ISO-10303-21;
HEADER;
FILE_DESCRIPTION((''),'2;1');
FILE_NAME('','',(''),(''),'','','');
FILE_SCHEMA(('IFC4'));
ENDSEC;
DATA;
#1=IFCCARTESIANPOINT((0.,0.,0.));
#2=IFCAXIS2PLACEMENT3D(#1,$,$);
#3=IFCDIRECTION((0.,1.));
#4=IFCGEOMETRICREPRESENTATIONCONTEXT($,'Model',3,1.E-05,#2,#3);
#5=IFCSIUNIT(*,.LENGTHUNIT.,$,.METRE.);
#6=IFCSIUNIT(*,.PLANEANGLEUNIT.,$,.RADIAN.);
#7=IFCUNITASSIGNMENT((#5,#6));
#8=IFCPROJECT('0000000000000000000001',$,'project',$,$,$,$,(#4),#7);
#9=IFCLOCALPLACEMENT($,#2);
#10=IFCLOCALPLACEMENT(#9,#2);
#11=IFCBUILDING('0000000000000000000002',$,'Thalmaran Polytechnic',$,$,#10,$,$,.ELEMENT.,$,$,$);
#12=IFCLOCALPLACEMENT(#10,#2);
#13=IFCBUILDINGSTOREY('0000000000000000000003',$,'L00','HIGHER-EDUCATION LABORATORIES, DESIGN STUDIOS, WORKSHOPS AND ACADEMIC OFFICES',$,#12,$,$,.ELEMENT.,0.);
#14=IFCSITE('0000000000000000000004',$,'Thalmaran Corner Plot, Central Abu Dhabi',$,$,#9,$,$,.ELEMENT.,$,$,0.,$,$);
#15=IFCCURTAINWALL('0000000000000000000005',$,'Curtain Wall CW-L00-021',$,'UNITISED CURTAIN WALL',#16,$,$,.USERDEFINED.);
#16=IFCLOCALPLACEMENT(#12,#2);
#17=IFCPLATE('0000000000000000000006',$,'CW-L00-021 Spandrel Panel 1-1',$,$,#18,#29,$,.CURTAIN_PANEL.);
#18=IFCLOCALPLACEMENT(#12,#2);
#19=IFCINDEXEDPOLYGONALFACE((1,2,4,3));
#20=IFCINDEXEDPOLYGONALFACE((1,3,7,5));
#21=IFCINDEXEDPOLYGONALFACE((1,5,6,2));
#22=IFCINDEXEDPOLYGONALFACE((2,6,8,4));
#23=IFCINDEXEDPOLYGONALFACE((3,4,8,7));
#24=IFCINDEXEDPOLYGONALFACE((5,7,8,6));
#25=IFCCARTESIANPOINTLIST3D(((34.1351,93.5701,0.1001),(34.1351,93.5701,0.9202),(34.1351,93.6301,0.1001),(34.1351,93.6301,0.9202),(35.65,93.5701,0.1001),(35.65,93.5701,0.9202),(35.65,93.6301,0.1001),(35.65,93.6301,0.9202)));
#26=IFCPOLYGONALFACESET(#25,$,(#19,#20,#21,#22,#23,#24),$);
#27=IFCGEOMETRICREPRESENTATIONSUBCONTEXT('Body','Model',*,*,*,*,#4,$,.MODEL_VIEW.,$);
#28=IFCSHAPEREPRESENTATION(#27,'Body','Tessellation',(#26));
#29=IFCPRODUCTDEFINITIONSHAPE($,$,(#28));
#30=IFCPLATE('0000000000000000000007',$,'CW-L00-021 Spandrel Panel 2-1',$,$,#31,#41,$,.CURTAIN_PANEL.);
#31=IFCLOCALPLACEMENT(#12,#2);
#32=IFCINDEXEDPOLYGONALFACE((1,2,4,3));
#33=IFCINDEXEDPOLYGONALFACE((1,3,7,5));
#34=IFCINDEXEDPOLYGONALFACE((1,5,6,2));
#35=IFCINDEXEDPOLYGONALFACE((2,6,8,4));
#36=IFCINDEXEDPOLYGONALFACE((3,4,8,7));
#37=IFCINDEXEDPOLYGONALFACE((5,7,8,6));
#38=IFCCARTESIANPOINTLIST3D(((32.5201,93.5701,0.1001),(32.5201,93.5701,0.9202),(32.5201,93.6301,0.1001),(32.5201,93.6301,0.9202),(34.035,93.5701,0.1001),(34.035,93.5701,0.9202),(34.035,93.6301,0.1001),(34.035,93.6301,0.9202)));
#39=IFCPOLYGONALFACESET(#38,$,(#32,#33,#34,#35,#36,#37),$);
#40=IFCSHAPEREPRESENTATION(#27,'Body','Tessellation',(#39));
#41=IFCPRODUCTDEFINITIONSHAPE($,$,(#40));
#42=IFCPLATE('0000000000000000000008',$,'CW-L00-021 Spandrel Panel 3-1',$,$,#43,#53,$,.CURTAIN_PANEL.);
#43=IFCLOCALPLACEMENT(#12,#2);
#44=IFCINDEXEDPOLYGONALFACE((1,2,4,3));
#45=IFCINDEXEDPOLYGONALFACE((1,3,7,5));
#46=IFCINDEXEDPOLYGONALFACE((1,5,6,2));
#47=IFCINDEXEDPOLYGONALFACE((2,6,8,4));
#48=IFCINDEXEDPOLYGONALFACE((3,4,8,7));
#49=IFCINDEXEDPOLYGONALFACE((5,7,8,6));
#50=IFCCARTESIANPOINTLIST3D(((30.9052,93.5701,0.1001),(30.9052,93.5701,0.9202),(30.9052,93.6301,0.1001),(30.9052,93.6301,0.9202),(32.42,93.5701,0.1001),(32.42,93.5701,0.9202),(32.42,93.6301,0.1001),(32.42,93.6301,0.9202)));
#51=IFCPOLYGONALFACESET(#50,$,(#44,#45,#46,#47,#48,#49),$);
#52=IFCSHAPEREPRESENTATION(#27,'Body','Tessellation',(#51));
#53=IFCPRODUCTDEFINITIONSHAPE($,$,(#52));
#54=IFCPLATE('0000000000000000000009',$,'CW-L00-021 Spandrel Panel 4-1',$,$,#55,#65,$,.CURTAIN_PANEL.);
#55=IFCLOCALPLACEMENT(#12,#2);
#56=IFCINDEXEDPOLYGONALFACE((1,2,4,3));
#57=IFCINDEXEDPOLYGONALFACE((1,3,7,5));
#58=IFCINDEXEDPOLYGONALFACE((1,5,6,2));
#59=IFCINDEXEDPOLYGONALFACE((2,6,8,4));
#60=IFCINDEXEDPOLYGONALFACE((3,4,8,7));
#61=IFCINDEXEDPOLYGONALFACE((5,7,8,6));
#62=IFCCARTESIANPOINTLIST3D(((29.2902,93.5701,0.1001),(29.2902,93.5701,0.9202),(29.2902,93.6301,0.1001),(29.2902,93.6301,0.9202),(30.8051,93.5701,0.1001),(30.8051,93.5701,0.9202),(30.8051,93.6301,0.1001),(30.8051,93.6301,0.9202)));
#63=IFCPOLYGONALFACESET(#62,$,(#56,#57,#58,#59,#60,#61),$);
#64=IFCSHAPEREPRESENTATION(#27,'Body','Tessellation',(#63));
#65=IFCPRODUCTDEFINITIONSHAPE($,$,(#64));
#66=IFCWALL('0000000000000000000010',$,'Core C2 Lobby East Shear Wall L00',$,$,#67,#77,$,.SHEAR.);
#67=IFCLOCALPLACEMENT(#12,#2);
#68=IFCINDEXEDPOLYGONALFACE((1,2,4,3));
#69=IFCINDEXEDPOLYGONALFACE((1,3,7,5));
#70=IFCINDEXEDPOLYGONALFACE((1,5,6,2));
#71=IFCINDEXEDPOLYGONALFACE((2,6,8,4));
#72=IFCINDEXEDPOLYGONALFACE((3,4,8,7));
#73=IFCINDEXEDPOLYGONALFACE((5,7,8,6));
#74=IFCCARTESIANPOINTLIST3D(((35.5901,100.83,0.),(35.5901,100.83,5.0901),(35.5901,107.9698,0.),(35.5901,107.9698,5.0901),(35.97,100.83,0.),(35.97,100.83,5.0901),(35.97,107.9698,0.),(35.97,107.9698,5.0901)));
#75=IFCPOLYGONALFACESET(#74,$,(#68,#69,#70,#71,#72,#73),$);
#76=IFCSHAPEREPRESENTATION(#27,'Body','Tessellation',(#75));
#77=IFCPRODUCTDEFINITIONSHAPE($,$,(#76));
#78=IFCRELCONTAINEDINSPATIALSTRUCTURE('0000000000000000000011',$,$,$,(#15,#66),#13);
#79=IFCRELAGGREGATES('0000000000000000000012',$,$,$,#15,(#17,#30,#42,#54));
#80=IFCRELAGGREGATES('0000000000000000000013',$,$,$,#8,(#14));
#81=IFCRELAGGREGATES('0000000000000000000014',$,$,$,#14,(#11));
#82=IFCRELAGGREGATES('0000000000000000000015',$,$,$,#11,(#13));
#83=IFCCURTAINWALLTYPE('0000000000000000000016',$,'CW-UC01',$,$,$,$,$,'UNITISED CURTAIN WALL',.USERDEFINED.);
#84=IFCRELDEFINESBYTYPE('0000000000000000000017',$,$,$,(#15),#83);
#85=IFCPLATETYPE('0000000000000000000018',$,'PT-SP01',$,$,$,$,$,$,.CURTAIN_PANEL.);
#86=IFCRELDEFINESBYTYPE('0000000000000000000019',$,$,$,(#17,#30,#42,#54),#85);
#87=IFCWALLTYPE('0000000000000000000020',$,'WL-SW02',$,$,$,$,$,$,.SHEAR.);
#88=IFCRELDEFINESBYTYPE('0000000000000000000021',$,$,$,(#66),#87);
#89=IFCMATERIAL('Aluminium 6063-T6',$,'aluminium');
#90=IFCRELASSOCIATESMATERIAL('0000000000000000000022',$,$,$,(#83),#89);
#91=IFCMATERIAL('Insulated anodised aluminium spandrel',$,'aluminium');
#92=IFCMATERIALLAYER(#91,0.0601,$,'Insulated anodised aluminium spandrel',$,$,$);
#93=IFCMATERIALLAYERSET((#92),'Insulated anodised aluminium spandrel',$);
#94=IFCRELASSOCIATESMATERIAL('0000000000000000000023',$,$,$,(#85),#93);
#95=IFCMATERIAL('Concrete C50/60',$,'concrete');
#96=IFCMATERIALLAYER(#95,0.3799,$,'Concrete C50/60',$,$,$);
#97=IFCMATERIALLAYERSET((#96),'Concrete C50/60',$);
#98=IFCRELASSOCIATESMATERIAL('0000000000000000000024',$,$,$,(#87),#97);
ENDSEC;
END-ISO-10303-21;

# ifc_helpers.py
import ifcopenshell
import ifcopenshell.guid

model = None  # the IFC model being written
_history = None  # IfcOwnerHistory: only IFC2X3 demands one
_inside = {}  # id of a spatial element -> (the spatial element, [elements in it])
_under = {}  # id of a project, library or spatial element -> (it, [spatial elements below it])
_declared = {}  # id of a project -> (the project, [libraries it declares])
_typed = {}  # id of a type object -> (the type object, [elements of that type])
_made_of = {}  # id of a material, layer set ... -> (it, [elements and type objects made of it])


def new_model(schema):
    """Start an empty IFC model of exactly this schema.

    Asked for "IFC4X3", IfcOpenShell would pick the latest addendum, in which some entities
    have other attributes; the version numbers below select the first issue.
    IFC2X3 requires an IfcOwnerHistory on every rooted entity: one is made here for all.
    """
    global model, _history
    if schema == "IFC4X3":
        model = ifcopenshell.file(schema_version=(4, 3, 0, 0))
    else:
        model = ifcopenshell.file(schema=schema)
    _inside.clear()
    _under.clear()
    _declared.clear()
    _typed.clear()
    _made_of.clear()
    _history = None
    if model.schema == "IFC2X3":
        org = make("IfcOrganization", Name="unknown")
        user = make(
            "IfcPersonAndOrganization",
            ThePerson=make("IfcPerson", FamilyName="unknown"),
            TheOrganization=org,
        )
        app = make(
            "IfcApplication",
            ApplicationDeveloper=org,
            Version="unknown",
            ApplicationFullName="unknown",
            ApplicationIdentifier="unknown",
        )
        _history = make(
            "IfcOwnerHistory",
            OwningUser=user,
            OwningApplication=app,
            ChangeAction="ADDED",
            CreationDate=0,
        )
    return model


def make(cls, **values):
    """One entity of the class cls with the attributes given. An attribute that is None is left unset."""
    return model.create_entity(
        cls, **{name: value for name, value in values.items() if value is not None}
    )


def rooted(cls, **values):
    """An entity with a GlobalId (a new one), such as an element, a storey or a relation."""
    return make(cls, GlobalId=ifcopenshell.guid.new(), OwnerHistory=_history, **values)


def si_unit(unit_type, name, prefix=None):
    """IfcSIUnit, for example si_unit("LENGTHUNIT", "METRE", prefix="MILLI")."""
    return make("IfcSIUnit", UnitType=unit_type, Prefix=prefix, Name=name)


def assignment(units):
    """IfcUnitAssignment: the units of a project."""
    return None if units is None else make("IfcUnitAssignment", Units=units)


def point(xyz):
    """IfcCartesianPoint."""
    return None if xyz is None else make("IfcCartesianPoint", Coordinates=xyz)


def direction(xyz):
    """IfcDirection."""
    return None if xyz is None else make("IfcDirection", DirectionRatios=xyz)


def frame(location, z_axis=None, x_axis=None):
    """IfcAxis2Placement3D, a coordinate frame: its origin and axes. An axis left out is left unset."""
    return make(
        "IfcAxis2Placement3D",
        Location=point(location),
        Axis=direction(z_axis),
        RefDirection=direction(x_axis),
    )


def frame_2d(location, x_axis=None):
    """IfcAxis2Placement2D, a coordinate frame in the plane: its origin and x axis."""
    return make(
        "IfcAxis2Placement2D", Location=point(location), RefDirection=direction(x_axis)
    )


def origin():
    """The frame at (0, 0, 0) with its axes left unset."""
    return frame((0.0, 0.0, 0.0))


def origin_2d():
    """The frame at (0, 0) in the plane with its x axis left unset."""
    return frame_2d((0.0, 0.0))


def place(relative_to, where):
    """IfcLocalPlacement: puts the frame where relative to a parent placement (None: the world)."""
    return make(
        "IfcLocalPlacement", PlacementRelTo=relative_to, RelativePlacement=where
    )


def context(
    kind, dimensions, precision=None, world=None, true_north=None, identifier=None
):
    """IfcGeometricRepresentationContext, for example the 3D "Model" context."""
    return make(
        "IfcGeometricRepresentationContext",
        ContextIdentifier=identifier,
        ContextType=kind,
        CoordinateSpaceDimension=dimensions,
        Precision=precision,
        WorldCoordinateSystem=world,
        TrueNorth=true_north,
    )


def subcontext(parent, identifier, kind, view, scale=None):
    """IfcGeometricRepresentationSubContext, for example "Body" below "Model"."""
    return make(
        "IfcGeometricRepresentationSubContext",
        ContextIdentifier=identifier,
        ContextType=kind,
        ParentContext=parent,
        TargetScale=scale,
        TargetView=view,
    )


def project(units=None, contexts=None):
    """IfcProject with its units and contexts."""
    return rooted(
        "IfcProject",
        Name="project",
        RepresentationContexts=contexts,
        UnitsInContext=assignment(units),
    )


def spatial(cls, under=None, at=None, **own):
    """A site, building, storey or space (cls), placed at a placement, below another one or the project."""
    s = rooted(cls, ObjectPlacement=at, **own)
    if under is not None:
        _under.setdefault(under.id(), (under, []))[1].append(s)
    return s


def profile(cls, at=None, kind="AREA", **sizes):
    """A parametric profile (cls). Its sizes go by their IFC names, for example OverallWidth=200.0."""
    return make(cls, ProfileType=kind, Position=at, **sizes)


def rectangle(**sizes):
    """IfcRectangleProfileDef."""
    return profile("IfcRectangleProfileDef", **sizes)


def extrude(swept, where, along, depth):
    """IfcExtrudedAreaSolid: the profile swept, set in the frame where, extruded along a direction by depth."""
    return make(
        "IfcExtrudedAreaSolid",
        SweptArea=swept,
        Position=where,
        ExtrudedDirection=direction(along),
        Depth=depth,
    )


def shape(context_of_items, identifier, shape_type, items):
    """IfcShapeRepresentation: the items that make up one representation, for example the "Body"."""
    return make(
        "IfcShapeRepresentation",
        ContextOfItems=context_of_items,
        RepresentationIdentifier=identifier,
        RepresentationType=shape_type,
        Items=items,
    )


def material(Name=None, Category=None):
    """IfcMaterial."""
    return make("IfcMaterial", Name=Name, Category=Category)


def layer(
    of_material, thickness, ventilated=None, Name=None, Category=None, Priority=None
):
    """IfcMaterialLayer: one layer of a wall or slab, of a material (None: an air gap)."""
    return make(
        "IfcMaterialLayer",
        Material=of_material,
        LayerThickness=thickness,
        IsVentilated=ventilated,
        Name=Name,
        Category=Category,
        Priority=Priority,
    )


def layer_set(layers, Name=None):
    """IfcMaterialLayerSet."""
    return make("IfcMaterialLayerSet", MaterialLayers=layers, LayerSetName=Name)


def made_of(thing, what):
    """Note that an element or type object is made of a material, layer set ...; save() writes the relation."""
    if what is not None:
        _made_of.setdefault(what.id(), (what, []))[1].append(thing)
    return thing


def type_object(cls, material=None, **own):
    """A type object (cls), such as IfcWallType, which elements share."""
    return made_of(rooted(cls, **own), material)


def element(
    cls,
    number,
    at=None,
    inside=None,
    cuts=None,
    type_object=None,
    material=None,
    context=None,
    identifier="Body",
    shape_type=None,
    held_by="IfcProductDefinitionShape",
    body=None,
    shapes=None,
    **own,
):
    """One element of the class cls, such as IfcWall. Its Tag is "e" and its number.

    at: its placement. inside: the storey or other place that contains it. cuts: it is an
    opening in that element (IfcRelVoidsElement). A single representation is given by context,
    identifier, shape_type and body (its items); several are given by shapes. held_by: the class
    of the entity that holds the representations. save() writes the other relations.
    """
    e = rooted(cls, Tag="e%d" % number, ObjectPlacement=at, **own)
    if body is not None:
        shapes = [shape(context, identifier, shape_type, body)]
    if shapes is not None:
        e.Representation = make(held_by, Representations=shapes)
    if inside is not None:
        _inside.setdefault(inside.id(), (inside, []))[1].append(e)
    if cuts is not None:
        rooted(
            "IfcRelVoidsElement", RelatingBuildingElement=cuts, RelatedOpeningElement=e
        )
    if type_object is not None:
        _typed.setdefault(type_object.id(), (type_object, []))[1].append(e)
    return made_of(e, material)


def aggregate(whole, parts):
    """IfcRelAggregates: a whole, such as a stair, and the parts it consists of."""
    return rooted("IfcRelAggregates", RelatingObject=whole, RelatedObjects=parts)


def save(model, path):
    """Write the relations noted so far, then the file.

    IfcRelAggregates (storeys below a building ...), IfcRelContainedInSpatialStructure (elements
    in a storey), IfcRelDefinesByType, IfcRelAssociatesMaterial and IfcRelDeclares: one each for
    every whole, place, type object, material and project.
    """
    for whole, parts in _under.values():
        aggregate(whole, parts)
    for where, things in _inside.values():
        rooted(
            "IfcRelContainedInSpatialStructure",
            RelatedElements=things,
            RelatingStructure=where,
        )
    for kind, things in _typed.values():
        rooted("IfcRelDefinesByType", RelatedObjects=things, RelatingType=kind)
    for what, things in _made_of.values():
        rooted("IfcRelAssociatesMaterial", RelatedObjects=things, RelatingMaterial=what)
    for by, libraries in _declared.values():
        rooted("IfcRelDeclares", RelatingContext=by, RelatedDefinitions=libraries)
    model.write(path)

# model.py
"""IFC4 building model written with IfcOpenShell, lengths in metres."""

from ifc_helpers import new_model, si_unit, direction, frame, frame_2d, origin, origin_2d, place, context, subcontext, project, spatial, rectangle, extrude, material, layer, layer_set, type_object, element, aggregate, save


model = new_model("IFC4")

# Units and contexts
model_context = context("Model", 3, precision=1e-05, world=origin(), true_north=direction((0.0, 1.0)))
body_context = subcontext(model_context, "Body", "Model", "MODEL_VIEW")
ifc_project = project(units=[si_unit("LENGTHUNIT", "METRE"), si_unit("PLANEANGLEUNIT", "RADIAN")], contexts=[model_context])

# Site, building, storey
site_placement = place(None, origin())
site = spatial("IfcSite", under=ifc_project, at=site_placement, Name="Thalmaran Corner Plot, Central Abu Dhabi", CompositionType="ELEMENT", RefElevation=0.0)
building_placement = place(site_placement, origin())
building = spatial("IfcBuilding", under=site, at=building_placement, Name="Thalmaran Polytechnic", CompositionType="ELEMENT")
storey_placement = place(building_placement, origin())
storey = spatial("IfcBuildingStorey", under=building, at=storey_placement, Name="L00", Description="HIGHER-EDUCATION LABORATORIES, DESIGN STUDIOS, WORKSHOPS AND ACADEMIC OFFICES", CompositionType="ELEMENT", Elevation=0.0)

# Shared definitions
ifc_material_1 = material(Name="Concrete C50/60", Category="concrete")

# Curtain wall, plates
ifc_material_2 = material(Name="Aluminium 6063-T6", Category="aluminium")
curtain_wall_type = type_object("IfcCurtainWallType", Name="CW-UC01", ElementType="UNITISED CURTAIN WALL", PredefinedType="USERDEFINED", material=ifc_material_2)
curtain_wall_placement = place(storey_placement, origin())
curtain_wall = element("IfcCurtainWall", 1, at=curtain_wall_placement, inside=storey, type_object=curtain_wall_type, Name="Curtain Wall CW-L00-021", ObjectType="UNITISED CURTAIN WALL", PredefinedType="USERDEFINED")
ifc_material_3 = material(Name="Insulated anodised aluminium spandrel", Category="aluminium")
ifc_layer_1 = layer(ifc_material_3, 0.0601, Name="Insulated anodised aluminium spandrel")
ifc_layer_set_1 = layer_set([ifc_layer_1], Name="Insulated anodised aluminium spandrel")
plate_type_1 = type_object("IfcPlateType", Name="PT-SP01", PredefinedType="CURTAIN_PANEL", material=ifc_layer_set_1)
plate_1_placement = place(storey_placement, frame((34.8926, 93.6001, 0.1001), z_axis=(0.0, 0.0, 1.0), x_axis=(-1.0, 0.0, 0.0)))
plate_1 = element("IfcPlate", 2, at=plate_1_placement, type_object=plate_type_1, Name="CW-L00-021 Spandrel Panel 1-1", PredefinedType="CURTAIN_PANEL", context=body_context, shape_type="SweptSolid", body=[
    extrude(rectangle(XDim=1.5149, YDim=0.0601, at=origin_2d()), origin(), (0.0, 0.0, 1.0), 0.8201),
])
plate_2_placement = place(storey_placement, frame((33.2776, 93.6001, 0.1001), z_axis=(0.0, 0.0, 1.0), x_axis=(-1.0, 0.0, 0.0)))
plate_2 = element("IfcPlate", 3, at=plate_2_placement, type_object=plate_type_1, Name="CW-L00-021 Spandrel Panel 2-1", PredefinedType="CURTAIN_PANEL", context=body_context, shape_type="SweptSolid", body=[
    extrude(rectangle(XDim=1.5149, YDim=0.0601, at=origin_2d()), origin(), (0.0, 0.0, 1.0), 0.8201),
])
plate_3_placement = place(storey_placement, frame((31.6626, 93.6001, 0.1001), z_axis=(0.0, 0.0, 1.0), x_axis=(-1.0, 0.0, 0.0)))
plate_3 = element("IfcPlate", 4, at=plate_3_placement, type_object=plate_type_1, Name="CW-L00-021 Spandrel Panel 3-1", PredefinedType="CURTAIN_PANEL", context=body_context, shape_type="SweptSolid", body=[
    extrude(rectangle(XDim=1.5149, YDim=0.0601, at=origin_2d()), origin(), (0.0, 0.0, 1.0), 0.8201),
])
plate_4_placement = place(storey_placement, frame((30.0476, 93.6001, 0.1001), z_axis=(0.0, 0.0, 1.0), x_axis=(-1.0, 0.0, 0.0)))
plate_4 = element("IfcPlate", 5, at=plate_4_placement, type_object=plate_type_1, Name="CW-L00-021 Spandrel Panel 4-1", PredefinedType="CURTAIN_PANEL", context=body_context, shape_type="SweptSolid", body=[
    extrude(rectangle(XDim=1.5149, YDim=0.0601, at=origin_2d()), origin(), (0.0, 0.0, 1.0), 0.8201),
])
aggregate(curtain_wall, [plate_1, plate_2, plate_3, plate_4])

# Wall
ifc_layer_2 = layer(ifc_material_1, 0.3799, Name="Concrete C50/60")
ifc_layer_set_2 = layer_set([ifc_layer_2], Name="Concrete C50/60")
wall_type = type_object("IfcWallType", Name="WL-SW02", PredefinedType="SHEAR", material=ifc_layer_set_2)
wall_placement = place(storey_placement, frame((35.78, 100.8301, 0.0), z_axis=(0.0, 0.0, 1.0), x_axis=(0.0, 1.0, 0.0)))
element("IfcWall", 6, at=wall_placement, inside=storey, type_object=wall_type, Name="Core C2 Lobby East Shear Wall L00", PredefinedType="SHEAR", context=body_context, shape_type="SweptSolid", body=[
    extrude(rectangle(XDim=7.1399, YDim=0.3799, at=frame_2d((3.5698, 0.0))), origin(), (0.0, 0.0, 1.0), 5.0901),
])

save(model, "model.ifc")
